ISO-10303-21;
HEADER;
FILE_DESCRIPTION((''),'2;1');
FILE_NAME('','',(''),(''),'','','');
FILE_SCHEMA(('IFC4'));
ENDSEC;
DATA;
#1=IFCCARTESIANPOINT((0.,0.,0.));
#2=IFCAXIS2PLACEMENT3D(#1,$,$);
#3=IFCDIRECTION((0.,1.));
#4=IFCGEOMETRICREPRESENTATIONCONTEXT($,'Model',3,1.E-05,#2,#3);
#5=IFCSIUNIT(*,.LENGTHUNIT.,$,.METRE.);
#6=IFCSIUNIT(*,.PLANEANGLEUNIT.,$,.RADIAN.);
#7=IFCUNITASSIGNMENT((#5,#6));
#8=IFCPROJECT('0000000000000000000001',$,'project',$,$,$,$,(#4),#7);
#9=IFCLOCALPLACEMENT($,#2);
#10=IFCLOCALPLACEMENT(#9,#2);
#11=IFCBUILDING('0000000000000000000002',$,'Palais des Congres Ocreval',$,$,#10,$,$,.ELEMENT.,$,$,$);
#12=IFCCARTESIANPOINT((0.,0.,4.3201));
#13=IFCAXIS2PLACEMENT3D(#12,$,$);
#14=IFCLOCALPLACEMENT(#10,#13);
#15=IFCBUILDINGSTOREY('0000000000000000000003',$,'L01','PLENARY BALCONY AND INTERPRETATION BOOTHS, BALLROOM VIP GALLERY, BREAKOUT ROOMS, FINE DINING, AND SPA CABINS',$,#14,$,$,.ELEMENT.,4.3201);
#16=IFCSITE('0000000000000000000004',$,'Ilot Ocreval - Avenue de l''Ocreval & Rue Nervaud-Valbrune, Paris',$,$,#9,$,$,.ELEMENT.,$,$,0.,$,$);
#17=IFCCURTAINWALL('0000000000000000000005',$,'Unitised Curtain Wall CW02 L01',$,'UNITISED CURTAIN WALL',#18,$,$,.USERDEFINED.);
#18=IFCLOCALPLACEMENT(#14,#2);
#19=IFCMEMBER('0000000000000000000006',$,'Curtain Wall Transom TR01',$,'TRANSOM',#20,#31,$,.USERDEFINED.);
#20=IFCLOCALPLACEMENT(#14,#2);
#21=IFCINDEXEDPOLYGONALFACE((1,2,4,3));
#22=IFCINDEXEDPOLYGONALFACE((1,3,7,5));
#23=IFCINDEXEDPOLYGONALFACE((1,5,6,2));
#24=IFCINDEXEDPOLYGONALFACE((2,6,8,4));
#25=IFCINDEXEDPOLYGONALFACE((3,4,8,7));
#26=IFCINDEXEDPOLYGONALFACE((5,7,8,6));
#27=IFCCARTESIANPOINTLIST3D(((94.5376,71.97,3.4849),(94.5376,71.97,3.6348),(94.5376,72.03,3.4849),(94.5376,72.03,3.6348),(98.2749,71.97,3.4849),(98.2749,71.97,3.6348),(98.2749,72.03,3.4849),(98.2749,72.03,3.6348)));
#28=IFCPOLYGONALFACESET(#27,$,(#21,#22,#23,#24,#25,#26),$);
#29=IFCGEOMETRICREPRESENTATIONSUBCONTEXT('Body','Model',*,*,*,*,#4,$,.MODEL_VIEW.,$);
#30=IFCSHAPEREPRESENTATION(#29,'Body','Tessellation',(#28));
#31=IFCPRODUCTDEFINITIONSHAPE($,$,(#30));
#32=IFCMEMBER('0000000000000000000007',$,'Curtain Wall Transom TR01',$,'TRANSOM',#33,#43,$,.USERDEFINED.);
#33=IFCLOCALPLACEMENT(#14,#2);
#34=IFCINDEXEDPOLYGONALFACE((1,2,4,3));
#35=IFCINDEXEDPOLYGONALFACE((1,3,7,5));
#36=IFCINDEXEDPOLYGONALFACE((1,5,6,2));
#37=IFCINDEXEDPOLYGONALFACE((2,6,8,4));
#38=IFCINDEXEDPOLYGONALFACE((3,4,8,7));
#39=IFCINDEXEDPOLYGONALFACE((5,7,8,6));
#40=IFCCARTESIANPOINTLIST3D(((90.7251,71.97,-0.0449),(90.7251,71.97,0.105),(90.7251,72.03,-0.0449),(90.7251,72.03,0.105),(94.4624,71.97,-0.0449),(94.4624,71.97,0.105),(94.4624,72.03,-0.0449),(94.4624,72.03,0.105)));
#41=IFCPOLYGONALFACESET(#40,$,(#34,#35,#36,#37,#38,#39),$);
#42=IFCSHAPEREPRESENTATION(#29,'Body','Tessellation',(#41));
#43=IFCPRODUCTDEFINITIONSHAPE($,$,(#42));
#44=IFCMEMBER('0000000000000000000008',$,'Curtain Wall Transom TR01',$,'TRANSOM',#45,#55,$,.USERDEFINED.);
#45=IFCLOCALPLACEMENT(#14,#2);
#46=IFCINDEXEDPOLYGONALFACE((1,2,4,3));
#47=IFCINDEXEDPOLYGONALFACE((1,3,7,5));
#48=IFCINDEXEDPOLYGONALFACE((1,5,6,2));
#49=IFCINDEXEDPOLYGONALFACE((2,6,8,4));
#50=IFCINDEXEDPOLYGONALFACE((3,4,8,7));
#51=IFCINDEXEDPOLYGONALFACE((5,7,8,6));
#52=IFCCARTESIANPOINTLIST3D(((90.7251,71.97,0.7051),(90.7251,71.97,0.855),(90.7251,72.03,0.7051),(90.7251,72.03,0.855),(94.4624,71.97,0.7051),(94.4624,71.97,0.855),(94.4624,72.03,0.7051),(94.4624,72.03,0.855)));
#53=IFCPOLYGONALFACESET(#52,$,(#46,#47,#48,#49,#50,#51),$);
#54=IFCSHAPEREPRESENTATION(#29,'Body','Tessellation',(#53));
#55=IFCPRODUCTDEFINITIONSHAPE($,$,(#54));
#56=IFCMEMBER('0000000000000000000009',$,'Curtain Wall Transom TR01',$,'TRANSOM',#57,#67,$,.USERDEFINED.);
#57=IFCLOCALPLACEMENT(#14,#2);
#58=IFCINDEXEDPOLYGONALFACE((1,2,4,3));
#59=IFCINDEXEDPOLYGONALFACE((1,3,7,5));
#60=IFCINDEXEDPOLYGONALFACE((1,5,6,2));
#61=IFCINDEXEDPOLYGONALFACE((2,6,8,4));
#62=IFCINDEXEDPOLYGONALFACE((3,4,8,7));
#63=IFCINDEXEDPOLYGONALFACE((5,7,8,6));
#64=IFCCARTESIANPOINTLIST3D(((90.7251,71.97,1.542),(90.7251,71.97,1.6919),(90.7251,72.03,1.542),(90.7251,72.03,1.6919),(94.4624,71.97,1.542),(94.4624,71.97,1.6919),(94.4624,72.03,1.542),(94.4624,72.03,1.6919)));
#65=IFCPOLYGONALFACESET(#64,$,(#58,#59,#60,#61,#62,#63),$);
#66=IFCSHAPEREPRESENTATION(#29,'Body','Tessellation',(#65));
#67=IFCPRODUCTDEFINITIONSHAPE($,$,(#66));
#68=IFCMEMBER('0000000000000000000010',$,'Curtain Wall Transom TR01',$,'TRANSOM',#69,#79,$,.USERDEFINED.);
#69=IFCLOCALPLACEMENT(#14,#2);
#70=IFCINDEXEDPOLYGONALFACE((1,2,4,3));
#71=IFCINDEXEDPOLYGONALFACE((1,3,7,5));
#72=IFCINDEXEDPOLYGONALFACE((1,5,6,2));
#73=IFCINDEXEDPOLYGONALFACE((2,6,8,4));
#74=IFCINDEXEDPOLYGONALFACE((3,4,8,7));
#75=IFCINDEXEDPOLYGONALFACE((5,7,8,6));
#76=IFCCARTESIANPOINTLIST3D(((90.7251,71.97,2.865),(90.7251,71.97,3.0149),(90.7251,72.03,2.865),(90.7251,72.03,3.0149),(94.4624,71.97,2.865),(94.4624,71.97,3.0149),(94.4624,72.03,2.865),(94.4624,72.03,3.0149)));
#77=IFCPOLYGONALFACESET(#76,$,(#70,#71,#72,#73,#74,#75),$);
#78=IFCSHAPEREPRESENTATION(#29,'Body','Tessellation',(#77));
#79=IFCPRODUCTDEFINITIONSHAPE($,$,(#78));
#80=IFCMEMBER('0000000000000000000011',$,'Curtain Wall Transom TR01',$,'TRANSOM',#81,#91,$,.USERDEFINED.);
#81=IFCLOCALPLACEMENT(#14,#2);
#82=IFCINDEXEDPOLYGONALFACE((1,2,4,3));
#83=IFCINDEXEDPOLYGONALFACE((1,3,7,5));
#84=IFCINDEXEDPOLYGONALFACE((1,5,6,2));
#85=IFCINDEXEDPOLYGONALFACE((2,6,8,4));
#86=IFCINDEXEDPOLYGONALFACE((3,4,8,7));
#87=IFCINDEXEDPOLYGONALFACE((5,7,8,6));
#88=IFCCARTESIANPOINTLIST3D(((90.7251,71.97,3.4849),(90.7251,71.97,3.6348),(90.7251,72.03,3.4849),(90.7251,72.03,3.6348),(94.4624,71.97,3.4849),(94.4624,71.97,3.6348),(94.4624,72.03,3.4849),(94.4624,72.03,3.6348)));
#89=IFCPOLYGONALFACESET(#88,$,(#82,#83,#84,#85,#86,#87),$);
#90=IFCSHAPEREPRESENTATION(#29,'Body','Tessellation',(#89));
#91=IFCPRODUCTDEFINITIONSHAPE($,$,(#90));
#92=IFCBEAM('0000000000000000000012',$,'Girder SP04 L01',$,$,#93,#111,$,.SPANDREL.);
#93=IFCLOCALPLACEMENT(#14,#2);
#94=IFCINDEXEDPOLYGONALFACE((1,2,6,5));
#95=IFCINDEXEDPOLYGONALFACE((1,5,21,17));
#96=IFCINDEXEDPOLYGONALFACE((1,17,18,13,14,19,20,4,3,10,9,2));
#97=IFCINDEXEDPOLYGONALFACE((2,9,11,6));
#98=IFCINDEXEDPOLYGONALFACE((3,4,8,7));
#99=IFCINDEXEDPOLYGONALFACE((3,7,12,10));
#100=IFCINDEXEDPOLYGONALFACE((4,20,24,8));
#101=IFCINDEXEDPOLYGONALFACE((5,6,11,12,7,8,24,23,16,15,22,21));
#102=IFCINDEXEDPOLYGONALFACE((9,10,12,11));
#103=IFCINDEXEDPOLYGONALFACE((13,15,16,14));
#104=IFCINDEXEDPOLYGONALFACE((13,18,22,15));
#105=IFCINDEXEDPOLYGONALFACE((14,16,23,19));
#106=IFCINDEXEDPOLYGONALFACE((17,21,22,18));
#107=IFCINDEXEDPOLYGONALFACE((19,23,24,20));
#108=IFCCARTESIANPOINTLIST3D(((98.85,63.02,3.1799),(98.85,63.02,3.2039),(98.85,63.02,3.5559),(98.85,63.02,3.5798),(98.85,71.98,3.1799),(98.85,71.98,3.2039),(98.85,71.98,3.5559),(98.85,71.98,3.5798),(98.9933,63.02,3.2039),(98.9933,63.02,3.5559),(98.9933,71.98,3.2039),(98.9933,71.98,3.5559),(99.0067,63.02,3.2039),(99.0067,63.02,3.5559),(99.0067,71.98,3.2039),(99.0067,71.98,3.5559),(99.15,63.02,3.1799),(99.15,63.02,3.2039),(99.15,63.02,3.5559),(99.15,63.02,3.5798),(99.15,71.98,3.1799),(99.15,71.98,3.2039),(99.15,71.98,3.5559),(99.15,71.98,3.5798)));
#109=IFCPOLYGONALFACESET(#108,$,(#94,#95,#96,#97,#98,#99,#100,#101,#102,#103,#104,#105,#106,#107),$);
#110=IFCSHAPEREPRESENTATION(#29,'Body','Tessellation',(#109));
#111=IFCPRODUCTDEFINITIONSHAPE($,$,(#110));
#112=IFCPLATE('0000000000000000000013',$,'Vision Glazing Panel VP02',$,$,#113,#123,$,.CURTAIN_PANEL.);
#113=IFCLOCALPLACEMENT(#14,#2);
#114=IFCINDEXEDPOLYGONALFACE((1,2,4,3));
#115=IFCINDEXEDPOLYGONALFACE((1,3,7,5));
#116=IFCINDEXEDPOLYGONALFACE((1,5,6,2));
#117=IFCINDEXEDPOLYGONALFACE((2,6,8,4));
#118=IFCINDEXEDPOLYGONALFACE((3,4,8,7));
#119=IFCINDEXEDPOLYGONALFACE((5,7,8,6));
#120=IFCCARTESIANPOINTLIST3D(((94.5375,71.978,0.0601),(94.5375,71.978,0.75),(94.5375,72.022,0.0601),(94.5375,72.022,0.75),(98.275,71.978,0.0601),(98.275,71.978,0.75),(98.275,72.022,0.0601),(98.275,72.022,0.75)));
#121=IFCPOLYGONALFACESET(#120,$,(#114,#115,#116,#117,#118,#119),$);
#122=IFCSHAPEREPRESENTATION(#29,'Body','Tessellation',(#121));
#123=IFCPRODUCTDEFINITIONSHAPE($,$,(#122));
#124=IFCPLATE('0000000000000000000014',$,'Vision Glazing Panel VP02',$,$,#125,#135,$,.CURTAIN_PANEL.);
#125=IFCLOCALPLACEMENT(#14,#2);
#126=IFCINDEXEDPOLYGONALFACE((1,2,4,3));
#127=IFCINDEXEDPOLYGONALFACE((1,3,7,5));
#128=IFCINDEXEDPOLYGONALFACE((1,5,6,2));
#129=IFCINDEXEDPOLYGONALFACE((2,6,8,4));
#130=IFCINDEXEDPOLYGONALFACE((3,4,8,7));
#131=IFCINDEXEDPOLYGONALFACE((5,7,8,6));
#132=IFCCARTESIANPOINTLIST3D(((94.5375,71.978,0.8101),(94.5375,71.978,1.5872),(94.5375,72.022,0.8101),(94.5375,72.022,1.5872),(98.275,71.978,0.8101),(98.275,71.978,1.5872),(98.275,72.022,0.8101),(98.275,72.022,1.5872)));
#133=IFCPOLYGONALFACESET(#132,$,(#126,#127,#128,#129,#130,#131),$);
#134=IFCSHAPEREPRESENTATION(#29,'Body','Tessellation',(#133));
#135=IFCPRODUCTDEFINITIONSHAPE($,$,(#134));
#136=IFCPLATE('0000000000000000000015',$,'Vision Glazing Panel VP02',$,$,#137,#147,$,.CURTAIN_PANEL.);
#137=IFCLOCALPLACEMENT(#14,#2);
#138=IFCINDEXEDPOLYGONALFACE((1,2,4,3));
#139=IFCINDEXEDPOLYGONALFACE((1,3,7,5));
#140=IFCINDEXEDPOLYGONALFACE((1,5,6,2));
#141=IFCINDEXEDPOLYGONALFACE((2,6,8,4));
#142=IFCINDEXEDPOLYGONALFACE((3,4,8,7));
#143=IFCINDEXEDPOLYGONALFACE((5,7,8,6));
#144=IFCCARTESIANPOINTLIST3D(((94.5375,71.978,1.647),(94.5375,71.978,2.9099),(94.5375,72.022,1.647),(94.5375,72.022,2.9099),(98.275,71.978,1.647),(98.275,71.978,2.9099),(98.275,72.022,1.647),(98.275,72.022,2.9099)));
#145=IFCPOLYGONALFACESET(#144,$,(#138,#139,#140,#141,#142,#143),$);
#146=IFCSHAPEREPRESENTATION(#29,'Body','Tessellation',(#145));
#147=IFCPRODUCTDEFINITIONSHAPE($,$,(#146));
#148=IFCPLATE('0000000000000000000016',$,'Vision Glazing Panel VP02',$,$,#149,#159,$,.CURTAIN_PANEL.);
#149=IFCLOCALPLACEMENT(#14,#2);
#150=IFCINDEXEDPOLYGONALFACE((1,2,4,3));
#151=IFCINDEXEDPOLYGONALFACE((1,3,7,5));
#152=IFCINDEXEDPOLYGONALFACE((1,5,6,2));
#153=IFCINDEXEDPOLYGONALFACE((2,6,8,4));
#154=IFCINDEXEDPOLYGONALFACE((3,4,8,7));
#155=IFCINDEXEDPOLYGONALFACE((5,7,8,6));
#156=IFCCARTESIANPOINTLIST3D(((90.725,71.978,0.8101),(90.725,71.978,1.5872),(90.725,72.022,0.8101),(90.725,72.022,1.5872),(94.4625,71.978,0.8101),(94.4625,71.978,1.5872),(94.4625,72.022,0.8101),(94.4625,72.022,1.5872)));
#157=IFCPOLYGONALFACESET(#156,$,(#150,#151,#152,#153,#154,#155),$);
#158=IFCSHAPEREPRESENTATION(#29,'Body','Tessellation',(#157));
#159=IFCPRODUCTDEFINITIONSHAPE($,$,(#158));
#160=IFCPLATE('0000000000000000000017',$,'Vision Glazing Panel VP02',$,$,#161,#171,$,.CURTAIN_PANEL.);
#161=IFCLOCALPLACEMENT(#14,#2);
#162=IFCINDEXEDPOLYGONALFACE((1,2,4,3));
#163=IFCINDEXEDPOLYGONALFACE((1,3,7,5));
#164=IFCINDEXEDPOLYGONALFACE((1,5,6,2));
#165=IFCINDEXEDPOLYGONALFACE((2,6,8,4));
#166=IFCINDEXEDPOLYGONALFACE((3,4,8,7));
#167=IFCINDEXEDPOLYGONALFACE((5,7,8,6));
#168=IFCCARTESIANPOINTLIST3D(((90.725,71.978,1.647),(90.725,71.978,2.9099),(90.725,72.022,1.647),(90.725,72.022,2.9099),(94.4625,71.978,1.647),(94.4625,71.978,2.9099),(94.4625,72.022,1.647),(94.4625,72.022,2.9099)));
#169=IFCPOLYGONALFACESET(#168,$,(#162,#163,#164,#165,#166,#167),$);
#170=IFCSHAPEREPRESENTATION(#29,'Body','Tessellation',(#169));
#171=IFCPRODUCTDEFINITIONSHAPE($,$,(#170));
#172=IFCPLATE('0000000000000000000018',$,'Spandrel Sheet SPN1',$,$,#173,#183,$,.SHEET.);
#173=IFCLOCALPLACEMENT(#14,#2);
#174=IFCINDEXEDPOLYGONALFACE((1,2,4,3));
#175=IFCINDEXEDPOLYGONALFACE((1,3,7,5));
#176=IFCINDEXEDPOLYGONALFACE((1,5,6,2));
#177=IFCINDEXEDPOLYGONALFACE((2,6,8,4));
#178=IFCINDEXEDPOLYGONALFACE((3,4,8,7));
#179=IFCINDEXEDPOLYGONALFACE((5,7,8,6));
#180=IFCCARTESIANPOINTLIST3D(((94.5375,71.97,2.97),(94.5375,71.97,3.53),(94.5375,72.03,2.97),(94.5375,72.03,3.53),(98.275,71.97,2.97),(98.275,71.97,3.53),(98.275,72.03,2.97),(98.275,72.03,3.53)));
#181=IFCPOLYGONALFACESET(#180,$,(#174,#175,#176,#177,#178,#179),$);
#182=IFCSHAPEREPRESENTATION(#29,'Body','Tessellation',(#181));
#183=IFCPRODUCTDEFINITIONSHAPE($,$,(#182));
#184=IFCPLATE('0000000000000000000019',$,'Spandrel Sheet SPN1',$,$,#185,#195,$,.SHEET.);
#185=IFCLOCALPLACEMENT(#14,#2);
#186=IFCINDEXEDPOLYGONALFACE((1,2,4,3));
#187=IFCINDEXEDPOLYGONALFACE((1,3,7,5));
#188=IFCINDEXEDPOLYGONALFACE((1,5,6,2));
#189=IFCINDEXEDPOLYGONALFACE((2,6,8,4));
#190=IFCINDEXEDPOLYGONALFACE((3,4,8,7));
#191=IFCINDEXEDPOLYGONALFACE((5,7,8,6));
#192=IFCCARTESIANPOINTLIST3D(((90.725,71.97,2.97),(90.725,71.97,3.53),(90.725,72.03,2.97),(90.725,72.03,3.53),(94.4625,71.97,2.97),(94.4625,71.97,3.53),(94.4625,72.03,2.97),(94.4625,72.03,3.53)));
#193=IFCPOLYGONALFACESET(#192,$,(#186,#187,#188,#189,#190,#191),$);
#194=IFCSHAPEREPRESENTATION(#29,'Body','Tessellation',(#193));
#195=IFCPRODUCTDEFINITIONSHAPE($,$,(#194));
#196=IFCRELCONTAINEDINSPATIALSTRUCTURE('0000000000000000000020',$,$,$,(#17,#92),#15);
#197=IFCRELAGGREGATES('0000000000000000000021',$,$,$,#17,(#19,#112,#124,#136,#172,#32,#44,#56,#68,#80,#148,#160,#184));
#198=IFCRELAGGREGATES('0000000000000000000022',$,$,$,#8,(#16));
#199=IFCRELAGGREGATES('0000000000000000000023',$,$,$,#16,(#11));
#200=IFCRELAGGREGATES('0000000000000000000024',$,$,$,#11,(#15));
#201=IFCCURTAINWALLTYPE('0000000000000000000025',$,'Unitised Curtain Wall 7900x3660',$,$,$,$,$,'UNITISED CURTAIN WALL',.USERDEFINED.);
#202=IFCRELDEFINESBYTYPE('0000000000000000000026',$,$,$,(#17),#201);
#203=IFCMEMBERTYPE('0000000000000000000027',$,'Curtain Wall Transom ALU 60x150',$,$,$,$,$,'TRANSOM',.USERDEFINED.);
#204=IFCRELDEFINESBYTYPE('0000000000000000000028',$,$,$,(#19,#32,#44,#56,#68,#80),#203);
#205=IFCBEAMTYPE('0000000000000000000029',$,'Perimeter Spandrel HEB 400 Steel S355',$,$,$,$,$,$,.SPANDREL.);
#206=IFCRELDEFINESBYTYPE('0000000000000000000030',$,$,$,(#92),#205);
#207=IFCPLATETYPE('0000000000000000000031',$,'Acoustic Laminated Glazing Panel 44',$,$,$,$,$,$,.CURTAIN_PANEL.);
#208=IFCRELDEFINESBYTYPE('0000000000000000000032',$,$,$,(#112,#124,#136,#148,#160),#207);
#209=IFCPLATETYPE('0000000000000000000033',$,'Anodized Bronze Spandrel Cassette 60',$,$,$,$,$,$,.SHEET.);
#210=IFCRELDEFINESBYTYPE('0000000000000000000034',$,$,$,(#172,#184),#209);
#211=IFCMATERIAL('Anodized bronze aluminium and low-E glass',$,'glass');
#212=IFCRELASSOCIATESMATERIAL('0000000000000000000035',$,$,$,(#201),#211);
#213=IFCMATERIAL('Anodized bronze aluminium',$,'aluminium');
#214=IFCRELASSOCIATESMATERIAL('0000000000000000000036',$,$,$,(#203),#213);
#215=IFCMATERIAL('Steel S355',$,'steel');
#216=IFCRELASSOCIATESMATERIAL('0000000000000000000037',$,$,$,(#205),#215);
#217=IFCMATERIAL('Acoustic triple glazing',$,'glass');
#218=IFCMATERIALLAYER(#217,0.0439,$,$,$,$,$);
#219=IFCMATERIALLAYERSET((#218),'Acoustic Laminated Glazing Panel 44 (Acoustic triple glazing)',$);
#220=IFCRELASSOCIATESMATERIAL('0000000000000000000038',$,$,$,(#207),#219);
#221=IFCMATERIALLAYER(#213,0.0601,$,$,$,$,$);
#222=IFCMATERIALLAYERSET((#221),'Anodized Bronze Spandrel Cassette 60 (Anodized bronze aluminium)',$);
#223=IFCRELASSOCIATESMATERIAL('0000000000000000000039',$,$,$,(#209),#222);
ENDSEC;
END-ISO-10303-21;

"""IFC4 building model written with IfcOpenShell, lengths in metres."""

from ifc_helpers import new_model, si_unit, direction, frame, origin, origin_2d, place, context, subcontext, project, spatial, rectangle, i_section, extrude, material, layer, layer_set, material_profile, profile_set, type_object, element, aggregate, save


model = new_model("IFC4")

# Units and contexts
model_context = context("Model", 3, precision=1e-05, world=origin(), true_north=direction((0.0, 1.0)))
body_context = subcontext(model_context, "Body", "Model", "MODEL_VIEW")
ifc_project = project(units=[si_unit("LENGTHUNIT", "METRE"), si_unit("PLANEANGLEUNIT", "RADIAN")], contexts=[model_context])

# Site, building, storey
site_placement = place(None, origin())
site = spatial("IfcSite", under=ifc_project, at=site_placement, Name="Ilot Ocreval - Avenue de l'Ocreval & Rue Nervaud-Valbrune, Paris", CompositionType="ELEMENT", RefElevation=0.0)
building_placement = place(site_placement, origin())
building = spatial("IfcBuilding", under=site, at=building_placement, Name="Palais des Congres Ocreval", CompositionType="ELEMENT")
storey_placement = place(building_placement, frame((0.0, 0.0, 4.3201)))
storey = spatial("IfcBuildingStorey", under=building, at=storey_placement, Name="L01", Description="PLENARY BALCONY AND INTERPRETATION BOOTHS, BALLROOM VIP GALLERY, BREAKOUT ROOMS, FINE DINING, AND SPA CABINS", CompositionType="ELEMENT", Elevation=4.3201)

# Shared definitions
ifc_material_1 = material(Name="Steel S355", Category="steel")

# Curtain wall, members
ifc_material_2 = material(Name="Anodized bronze aluminium and low-E glass", Category="glass")
curtain_wall_type = type_object("IfcCurtainWallType", Name="Unitised Curtain Wall 7900x3660", ElementType="UNITISED CURTAIN WALL", PredefinedType="USERDEFINED", material=ifc_material_2)
curtain_wall_placement = place(storey_placement, origin())
curtain_wall = element("IfcCurtainWall", 1, at=curtain_wall_placement, inside=storey, type_object=curtain_wall_type, Name="Unitised Curtain Wall CW02 L01", ObjectType="UNITISED CURTAIN WALL", PredefinedType="USERDEFINED")
ifc_material_3 = material(Name="Anodized bronze aluminium", Category="aluminium")
ifc_material_profile_1 = material_profile(ifc_material_3, rectangle(XDim=0.0601, YDim=0.1499, at=origin_2d()), Name="ALU 60x150")
ifc_profile_set_1 = profile_set([ifc_material_profile_1], Name="Anodized bronze aluminium")
member_type_1 = type_object("IfcMemberType", Name="Curtain Wall Transom ALU 60x150", ElementType="TRANSOM", PredefinedType="USERDEFINED", material=ifc_profile_set_1)
member_1_placement = place(storey_placement, frame((98.2749, 72.0, 3.5598), z_axis=(-1.0, 0.0, 0.0), x_axis=(0.0, -1.0, 0.0)))
member_1 = element("IfcMember", 2, at=member_1_placement, type_object=member_type_1, Name="Curtain Wall Transom TR01", ObjectType="TRANSOM", PredefinedType="USERDEFINED", context=body_context, shape_type="SweptSolid", body=[
    extrude(rectangle(XDim=0.0601, YDim=0.1499, at=origin_2d()), origin(), (0.0, 0.0, 1.0), 3.7373),
])
member_2_placement = place(storey_placement, frame((94.4624, 72.0, 0.03), z_axis=(-1.0, 0.0, 0.0), x_axis=(0.0, -1.0, 0.0)))
member_2 = element("IfcMember", 3, at=member_2_placement, type_object=member_type_1, Name="Curtain Wall Transom TR01", ObjectType="TRANSOM", PredefinedType="USERDEFINED", context=body_context, shape_type="SweptSolid", body=[
    extrude(rectangle(XDim=0.0601, YDim=0.1499, at=origin_2d()), origin(), (0.0, 0.0, 1.0), 3.7373),
])
member_3_placement = place(storey_placement, frame((94.4624, 72.0, 0.78), z_axis=(-1.0, 0.0, 0.0), x_axis=(0.0, -1.0, 0.0)))
member_3 = element("IfcMember", 4, at=member_3_placement, type_object=member_type_1, Name="Curtain Wall Transom TR01", ObjectType="TRANSOM", PredefinedType="USERDEFINED", context=body_context, shape_type="SweptSolid", body=[
    extrude(rectangle(XDim=0.0601, YDim=0.1499, at=origin_2d()), origin(), (0.0, 0.0, 1.0), 3.7373),
])
member_4_placement = place(storey_placement, frame((94.4624, 72.0, 1.6169), z_axis=(-1.0, 0.0, 0.0), x_axis=(0.0, -1.0, 0.0)))
member_4 = element("IfcMember", 5, at=member_4_placement, type_object=member_type_1, Name="Curtain Wall Transom TR01", ObjectType="TRANSOM", PredefinedType="USERDEFINED", context=body_context, shape_type="SweptSolid", body=[
    extrude(rectangle(XDim=0.0601, YDim=0.1499, at=origin_2d()), origin(), (0.0, 0.0, 1.0), 3.7373),
])
member_5_placement = place(storey_placement, frame((94.4624, 72.0, 2.9399), z_axis=(-1.0, 0.0, 0.0), x_axis=(0.0, -1.0, 0.0)))
member_5 = element("IfcMember", 6, at=member_5_placement, type_object=member_type_1, Name="Curtain Wall Transom TR01", ObjectType="TRANSOM", PredefinedType="USERDEFINED", context=body_context, shape_type="SweptSolid", body=[
    extrude(rectangle(XDim=0.0601, YDim=0.1499, at=origin_2d()), origin(), (0.0, 0.0, 1.0), 3.7373),
])
member_6_placement = place(storey_placement, frame((94.4624, 72.0, 3.5598), z_axis=(-1.0, 0.0, 0.0), x_axis=(0.0, -1.0, 0.0)))
member_6 = element("IfcMember", 7, at=member_6_placement, type_object=member_type_1, Name="Curtain Wall Transom TR01", ObjectType="TRANSOM", PredefinedType="USERDEFINED", context=body_context, shape_type="SweptSolid", body=[
    extrude(rectangle(XDim=0.0601, YDim=0.1499, at=origin_2d()), origin(), (0.0, 0.0, 1.0), 3.7373),
])

# Beam
ifc_material_profile_2 = material_profile(ifc_material_1, i_section(OverallWidth=0.3, OverallDepth=0.3999, WebThickness=0.0134, FlangeThickness=0.0239, at=origin_2d()), Name="HEB 400")
ifc_profile_set_2 = profile_set([ifc_material_profile_2], Name="Steel S355")
beam_type = type_object("IfcBeamType", Name="Perimeter Spandrel HEB 400 Steel S355", PredefinedType="SPANDREL", material=ifc_profile_set_2)
beam_placement = place(storey_placement, frame((99.0, 63.02, 3.3799), z_axis=(0.0, 1.0, 0.0), x_axis=(-1.0, 0.0, 0.0)))
element("IfcBeam", 8, at=beam_placement, inside=storey, type_object=beam_type, Name="Girder SP04 L01", PredefinedType="SPANDREL", context=body_context, shape_type="SweptSolid", body=[
    extrude(i_section(OverallWidth=0.3, OverallDepth=0.3999, WebThickness=0.0134, FlangeThickness=0.0239, at=origin_2d()), origin(), (0.0, 0.0, 1.0), 8.96),
])

# Plates
ifc_material_4 = material(Name="Acoustic triple glazing", Category="glass")
ifc_layer_1 = layer(ifc_material_4, 0.0439)
ifc_layer_set_1 = layer_set([ifc_layer_1], Name="Acoustic Laminated Glazing Panel 44 (Acoustic triple glazing)")
plate_type_1 = type_object("IfcPlateType", Name="Acoustic Laminated Glazing Panel 44", PredefinedType="CURTAIN_PANEL", material=ifc_layer_set_1)
plate_1_placement = place(storey_placement, frame((96.4062, 72.0, 0.0601), z_axis=(0.0, 0.0, 1.0), x_axis=(-1.0, 0.0, 0.0)))
plate_1 = element("IfcPlate", 9, at=plate_1_placement, type_object=plate_type_1, Name="Vision Glazing Panel VP02", PredefinedType="CURTAIN_PANEL", context=body_context, shape_type="SweptSolid", body=[
    extrude(rectangle(XDim=3.7375, YDim=0.0439, at=origin_2d()), origin(), (0.0, 0.0, 1.0), 0.6899),
])
plate_2_placement = place(storey_placement, frame((96.4062, 72.0, 0.8101), z_axis=(0.0, 0.0, 1.0), x_axis=(-1.0, 0.0, 0.0)))
plate_2 = element("IfcPlate", 10, at=plate_2_placement, type_object=plate_type_1, Name="Vision Glazing Panel VP02", PredefinedType="CURTAIN_PANEL", context=body_context, shape_type="SweptSolid", body=[
    extrude(rectangle(XDim=3.7375, YDim=0.0439, at=origin_2d()), origin(), (0.0, 0.0, 1.0), 0.7771),
])
plate_3_placement = place(storey_placement, frame((96.4062, 72.0, 1.647), z_axis=(0.0, 0.0, 1.0), x_axis=(-1.0, 0.0, 0.0)))
plate_3 = element("IfcPlate", 11, at=plate_3_placement, type_object=plate_type_1, Name="Vision Glazing Panel VP02", PredefinedType="CURTAIN_PANEL", context=body_context, shape_type="SweptSolid", body=[
    extrude(rectangle(XDim=3.7375, YDim=0.0439, at=origin_2d()), origin(), (0.0, 0.0, 1.0), 1.2629),
])
plate_4_placement = place(storey_placement, frame((92.5938, 72.0, 0.8101), z_axis=(0.0, 0.0, 1.0), x_axis=(-1.0, 0.0, 0.0)))
plate_4 = element("IfcPlate", 12, at=plate_4_placement, type_object=plate_type_1, Name="Vision Glazing Panel VP02", PredefinedType="CURTAIN_PANEL", context=body_context, shape_type="SweptSolid", body=[
    extrude(rectangle(XDim=3.7375, YDim=0.0439, at=origin_2d()), origin(), (0.0, 0.0, 1.0), 0.7771),
])
plate_5_placement = place(storey_placement, frame((92.5938, 72.0, 1.647), z_axis=(0.0, 0.0, 1.0), x_axis=(-1.0, 0.0, 0.0)))
plate_5 = element("IfcPlate", 13, at=plate_5_placement, type_object=plate_type_1, Name="Vision Glazing Panel VP02", PredefinedType="CURTAIN_PANEL", context=body_context, shape_type="SweptSolid", body=[
    extrude(rectangle(XDim=3.7375, YDim=0.0439, at=origin_2d()), origin(), (0.0, 0.0, 1.0), 1.2629),
])
ifc_layer_2 = layer(ifc_material_3, 0.0601)
ifc_layer_set_2 = layer_set([ifc_layer_2], Name="Anodized Bronze Spandrel Cassette 60 (Anodized bronze aluminium)")
plate_type_2 = type_object("IfcPlateType", Name="Anodized Bronze Spandrel Cassette 60", PredefinedType="SHEET", material=ifc_layer_set_2)
plate_6_placement = place(storey_placement, frame((96.4062, 72.0, 2.97), z_axis=(0.0, 0.0, 1.0), x_axis=(-1.0, 0.0, 0.0)))
plate_6 = element("IfcPlate", 14, at=plate_6_placement, type_object=plate_type_2, Name="Spandrel Sheet SPN1", PredefinedType="SHEET", context=body_context, shape_type="SweptSolid", body=[
    extrude(rectangle(XDim=3.7375, YDim=0.0601, at=origin_2d()), origin(), (0.0, 0.0, 1.0), 0.5601),
])
plate_7_placement = place(storey_placement, frame((92.5938, 72.0, 2.97), z_axis=(0.0, 0.0, 1.0), x_axis=(-1.0, 0.0, 0.0)))
plate_7 = element("IfcPlate", 15, at=plate_7_placement, type_object=plate_type_2, Name="Spandrel Sheet SPN1", PredefinedType="SHEET", context=body_context, shape_type="SweptSolid", body=[
    extrude(rectangle(XDim=3.7375, YDim=0.0601, at=origin_2d()), origin(), (0.0, 0.0, 1.0), 0.5601),
])
aggregate(curtain_wall, [member_1, plate_1, plate_2, plate_3, plate_6, member_2, member_3, member_4, member_5, member_6, plate_4, plate_5, plate_7])

save(model, "model.ifc")
